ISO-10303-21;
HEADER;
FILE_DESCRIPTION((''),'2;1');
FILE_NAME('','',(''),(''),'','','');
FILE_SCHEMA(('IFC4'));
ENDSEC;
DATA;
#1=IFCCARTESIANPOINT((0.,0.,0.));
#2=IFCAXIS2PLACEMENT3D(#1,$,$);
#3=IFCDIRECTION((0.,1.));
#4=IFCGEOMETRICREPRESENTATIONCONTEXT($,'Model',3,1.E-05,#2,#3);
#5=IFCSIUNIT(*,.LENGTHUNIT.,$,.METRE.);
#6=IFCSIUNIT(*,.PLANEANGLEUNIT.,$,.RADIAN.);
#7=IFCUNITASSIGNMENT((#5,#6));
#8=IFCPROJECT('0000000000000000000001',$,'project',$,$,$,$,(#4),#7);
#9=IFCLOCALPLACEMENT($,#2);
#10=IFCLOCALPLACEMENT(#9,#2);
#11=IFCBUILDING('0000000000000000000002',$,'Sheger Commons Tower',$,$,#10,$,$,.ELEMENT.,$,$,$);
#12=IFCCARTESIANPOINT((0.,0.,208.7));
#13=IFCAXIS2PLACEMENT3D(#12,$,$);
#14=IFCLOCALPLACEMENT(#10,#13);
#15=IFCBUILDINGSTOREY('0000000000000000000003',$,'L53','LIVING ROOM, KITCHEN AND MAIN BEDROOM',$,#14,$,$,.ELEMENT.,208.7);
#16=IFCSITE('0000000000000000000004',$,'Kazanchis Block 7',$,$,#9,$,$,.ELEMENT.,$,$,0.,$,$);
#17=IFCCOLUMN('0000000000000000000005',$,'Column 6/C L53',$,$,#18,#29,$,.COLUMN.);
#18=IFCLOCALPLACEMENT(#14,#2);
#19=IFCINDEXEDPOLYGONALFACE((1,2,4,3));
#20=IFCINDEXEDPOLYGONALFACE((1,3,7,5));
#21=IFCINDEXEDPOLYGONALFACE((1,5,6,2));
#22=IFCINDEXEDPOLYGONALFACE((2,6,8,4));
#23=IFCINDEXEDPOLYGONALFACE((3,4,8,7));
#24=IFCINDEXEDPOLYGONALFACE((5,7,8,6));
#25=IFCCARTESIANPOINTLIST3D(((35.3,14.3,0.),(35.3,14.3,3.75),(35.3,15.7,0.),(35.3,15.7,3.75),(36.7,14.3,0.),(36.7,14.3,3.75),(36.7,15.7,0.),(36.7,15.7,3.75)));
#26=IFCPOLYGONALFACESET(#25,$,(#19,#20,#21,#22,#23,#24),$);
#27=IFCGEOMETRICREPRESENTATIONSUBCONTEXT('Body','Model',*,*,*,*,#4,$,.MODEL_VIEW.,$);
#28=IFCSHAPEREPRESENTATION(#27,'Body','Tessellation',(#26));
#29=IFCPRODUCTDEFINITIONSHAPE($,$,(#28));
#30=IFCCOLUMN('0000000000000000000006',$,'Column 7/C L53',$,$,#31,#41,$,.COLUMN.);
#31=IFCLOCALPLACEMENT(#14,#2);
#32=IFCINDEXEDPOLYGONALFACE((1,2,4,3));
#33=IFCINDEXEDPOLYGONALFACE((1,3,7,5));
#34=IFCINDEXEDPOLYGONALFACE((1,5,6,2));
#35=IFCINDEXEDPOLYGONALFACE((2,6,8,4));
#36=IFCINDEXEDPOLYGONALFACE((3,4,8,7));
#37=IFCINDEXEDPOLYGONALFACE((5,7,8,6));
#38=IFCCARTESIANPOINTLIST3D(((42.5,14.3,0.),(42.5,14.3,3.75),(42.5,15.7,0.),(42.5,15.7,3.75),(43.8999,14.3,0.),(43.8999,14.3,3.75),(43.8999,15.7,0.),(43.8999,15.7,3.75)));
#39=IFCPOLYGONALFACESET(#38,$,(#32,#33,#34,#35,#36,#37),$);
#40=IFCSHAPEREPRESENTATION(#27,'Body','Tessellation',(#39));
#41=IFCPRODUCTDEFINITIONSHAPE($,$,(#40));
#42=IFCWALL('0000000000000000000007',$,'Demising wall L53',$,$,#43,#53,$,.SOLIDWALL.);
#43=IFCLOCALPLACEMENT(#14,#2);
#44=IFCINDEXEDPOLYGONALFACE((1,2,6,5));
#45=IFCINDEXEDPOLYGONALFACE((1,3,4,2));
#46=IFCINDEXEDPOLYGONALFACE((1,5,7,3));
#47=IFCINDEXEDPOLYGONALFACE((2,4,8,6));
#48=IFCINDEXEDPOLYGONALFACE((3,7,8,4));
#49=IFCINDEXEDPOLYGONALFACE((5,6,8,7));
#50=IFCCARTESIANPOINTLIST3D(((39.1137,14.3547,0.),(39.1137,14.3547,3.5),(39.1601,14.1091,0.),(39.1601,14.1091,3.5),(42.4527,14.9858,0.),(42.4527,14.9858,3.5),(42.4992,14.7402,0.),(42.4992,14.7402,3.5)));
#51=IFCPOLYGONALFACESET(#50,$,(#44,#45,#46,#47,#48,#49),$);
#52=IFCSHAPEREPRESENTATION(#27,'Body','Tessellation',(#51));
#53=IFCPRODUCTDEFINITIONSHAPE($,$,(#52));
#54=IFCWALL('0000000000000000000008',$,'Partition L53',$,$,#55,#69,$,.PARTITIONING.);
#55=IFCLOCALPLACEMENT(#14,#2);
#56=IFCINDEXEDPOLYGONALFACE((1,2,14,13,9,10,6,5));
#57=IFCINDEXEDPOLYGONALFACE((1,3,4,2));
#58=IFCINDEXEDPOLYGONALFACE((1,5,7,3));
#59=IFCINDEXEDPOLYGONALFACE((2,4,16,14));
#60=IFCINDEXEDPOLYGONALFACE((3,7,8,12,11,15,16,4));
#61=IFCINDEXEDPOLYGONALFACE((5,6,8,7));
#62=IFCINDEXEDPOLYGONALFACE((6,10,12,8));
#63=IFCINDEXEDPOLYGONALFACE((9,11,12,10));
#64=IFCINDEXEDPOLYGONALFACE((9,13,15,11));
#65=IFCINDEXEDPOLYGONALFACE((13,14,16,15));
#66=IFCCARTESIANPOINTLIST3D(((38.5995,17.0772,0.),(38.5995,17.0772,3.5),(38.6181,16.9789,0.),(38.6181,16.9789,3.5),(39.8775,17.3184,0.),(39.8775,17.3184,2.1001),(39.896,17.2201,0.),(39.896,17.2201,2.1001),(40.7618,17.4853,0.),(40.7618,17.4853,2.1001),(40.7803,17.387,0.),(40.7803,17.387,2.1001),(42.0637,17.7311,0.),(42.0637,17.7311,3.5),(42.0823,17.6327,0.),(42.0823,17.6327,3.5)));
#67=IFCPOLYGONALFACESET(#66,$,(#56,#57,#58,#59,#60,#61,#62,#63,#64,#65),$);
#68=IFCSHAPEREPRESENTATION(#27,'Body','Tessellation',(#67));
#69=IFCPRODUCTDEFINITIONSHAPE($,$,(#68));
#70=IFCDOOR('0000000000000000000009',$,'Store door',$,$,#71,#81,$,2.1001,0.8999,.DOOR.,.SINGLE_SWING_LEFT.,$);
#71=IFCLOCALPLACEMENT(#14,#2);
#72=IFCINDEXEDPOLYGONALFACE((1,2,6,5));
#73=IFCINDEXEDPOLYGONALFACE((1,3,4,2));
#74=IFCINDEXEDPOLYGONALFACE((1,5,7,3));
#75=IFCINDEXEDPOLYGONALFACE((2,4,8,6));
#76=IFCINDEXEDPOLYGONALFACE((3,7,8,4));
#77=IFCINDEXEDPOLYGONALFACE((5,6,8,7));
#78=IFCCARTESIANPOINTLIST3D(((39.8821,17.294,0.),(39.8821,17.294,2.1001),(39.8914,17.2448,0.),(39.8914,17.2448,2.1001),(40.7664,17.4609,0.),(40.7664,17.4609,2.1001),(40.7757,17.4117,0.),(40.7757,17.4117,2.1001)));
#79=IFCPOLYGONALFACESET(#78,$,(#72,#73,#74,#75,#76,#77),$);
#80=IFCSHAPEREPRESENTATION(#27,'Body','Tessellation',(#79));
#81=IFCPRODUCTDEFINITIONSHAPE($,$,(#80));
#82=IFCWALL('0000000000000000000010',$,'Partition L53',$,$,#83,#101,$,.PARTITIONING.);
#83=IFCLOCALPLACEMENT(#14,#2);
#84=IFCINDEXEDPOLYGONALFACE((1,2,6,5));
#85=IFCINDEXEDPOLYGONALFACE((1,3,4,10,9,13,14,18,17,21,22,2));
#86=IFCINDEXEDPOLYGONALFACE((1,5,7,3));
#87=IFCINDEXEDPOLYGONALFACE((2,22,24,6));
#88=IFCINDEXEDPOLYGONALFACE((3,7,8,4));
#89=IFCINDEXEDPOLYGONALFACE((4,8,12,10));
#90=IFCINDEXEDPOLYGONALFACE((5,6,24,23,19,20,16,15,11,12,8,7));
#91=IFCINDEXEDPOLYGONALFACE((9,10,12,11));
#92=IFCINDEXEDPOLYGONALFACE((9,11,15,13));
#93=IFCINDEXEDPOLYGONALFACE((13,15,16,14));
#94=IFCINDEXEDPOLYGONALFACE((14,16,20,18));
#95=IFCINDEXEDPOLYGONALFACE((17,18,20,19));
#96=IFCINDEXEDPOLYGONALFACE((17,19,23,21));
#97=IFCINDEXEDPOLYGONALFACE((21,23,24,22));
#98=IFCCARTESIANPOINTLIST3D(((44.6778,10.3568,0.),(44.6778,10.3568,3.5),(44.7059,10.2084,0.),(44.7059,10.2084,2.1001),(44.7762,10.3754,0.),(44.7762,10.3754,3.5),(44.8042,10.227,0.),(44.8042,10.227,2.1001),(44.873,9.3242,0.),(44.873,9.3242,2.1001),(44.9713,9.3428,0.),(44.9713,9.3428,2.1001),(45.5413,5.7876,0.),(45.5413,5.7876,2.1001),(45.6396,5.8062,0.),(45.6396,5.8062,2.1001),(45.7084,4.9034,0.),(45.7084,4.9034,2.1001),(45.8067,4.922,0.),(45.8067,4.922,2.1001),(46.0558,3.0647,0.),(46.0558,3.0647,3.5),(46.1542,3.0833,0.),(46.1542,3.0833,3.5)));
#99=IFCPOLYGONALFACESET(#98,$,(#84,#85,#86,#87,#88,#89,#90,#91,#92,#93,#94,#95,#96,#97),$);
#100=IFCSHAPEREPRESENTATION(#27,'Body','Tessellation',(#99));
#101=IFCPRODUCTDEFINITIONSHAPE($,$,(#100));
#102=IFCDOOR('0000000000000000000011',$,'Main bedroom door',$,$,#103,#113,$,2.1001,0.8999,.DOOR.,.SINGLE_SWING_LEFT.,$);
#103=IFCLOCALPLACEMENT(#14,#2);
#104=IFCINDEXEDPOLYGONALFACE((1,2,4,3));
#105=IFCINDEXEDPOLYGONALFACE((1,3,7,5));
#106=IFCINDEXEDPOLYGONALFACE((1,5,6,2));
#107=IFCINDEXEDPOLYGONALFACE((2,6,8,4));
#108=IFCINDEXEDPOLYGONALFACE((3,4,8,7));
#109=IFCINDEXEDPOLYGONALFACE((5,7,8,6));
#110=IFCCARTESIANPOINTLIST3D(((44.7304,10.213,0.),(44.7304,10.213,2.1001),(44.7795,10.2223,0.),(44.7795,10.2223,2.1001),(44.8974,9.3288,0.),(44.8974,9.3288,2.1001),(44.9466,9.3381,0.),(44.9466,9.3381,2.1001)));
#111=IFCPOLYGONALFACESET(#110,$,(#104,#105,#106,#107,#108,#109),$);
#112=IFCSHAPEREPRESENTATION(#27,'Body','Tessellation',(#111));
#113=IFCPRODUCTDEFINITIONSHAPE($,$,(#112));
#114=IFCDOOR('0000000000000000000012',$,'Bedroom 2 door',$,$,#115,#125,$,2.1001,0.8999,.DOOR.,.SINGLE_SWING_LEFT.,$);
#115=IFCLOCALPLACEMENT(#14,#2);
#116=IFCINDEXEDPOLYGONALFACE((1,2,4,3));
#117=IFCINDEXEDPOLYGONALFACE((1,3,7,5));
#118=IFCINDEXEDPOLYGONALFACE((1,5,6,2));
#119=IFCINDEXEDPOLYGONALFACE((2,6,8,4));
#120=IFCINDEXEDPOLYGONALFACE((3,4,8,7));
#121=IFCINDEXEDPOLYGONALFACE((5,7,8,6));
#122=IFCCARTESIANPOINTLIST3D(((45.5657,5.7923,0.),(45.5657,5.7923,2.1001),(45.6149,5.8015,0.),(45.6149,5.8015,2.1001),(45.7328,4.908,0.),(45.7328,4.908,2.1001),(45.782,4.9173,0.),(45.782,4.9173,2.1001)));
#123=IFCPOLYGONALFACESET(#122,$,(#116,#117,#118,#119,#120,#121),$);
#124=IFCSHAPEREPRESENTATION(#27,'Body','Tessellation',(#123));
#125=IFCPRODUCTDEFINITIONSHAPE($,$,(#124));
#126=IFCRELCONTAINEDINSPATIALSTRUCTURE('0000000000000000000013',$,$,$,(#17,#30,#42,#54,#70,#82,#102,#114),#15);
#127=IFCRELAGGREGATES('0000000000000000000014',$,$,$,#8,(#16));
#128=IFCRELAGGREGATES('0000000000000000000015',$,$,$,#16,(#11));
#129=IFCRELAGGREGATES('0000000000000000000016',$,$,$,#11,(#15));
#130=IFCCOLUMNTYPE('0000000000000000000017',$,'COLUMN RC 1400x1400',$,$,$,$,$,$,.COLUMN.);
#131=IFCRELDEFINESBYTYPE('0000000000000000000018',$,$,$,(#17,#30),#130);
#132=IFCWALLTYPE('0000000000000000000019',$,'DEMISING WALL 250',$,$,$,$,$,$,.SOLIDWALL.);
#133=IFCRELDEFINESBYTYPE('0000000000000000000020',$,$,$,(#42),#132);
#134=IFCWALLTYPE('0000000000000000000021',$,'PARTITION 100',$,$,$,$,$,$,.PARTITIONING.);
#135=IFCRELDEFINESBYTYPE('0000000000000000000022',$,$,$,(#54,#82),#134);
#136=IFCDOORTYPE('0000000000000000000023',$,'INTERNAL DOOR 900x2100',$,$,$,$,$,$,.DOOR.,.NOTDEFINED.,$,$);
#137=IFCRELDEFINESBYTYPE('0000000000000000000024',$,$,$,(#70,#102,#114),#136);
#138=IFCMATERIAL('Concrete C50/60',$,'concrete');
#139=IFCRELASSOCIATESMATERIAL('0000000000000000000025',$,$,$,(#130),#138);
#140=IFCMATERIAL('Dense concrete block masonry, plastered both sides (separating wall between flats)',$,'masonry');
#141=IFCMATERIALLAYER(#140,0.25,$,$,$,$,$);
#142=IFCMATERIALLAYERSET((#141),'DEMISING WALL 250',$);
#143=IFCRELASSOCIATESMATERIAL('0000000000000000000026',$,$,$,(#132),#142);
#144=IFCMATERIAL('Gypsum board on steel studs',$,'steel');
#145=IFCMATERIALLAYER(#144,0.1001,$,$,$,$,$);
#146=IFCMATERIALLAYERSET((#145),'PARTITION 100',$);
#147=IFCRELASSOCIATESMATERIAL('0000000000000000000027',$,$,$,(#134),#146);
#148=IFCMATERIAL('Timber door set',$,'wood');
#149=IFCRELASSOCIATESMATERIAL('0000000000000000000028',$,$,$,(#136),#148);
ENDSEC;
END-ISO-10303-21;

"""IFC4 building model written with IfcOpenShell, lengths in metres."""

from ifc_helpers import new_model, si_unit, direction, frame, frame_2d, origin, origin_2d, place, context, subcontext, project, spatial, rectangle, extrude, material, layer, layer_set, material_profile, profile_set, type_object, element, fill, save


model = new_model("IFC4")

# Units and contexts
model_context = context("Model", 3, precision=1e-05, world=origin(), true_north=direction((0.0, 1.0)))
body_context = subcontext(model_context, "Body", "Model", "MODEL_VIEW")
ifc_project = project(units=[si_unit("LENGTHUNIT", "METRE"), si_unit("PLANEANGLEUNIT", "RADIAN")], contexts=[model_context])

# Site, building, storey
site_placement = place(None, origin())
site = spatial("IfcSite", under=ifc_project, at=site_placement, Name="Kazanchis Block 7", CompositionType="ELEMENT", RefElevation=0.0)
building_placement = place(site_placement, origin())
building = spatial("IfcBuilding", under=site, at=building_placement, Name="Sheger Commons Tower", CompositionType="ELEMENT")
storey_placement = place(building_placement, frame((0.0, 0.0, 208.7)))
storey = spatial("IfcBuildingStorey", under=building, at=storey_placement, Name="L53", Description="LIVING ROOM, KITCHEN AND MAIN BEDROOM", CompositionType="ELEMENT", Elevation=208.7)

# Columns
ifc_material_1 = material(Name="Concrete C50/60", Category="concrete")
ifc_material_profile = material_profile(ifc_material_1, rectangle(XDim=1.3999, YDim=1.3999, at=origin_2d()), Name="RC 1400x1400")
ifc_profile_set = profile_set([ifc_material_profile], Name="Concrete C50/60")
column_type = type_object("IfcColumnType", Name="COLUMN RC 1400x1400", PredefinedType="COLUMN", material=ifc_profile_set)
for number, where, z_axis, x_axis, name in (
    (1, (36.0, 15.0, 0.0), (0.0, 0.0, 1.0), (1.0, 0.0, 0.0), "Column 6/C L53"),
    (2, (43.2, 15.0, 0.0), (0.0, 0.0, 1.0), (1.0, 0.0, 0.0), "Column 7/C L53"),
):
    element("IfcColumn", number, at=place(storey_placement, frame(where, z_axis=z_axis, x_axis=x_axis)), inside=storey, type_object=column_type, Name=name, PredefinedType="COLUMN", context=body_context, shape_type="SweptSolid", body=[
        extrude(rectangle(XDim=1.3999, YDim=1.3999, at=origin_2d()), origin(), (0.0, 0.0, 1.0), 3.75),
    ])

# Wall
ifc_material_2 = material(Name="Dense concrete block masonry, plastered both sides (separating wall between flats)", Category="masonry")
ifc_layer_1 = layer(ifc_material_2, 0.25)
ifc_layer_set_1 = layer_set([ifc_layer_1], Name="DEMISING WALL 250")
wall_type_1 = type_object("IfcWallType", Name="DEMISING WALL 250", PredefinedType="SOLIDWALL", material=ifc_layer_set_1)
wall_1_placement = place(storey_placement, frame((42.4761, 14.863, 0.0), z_axis=(0.0, 0.0, 1.0), x_axis=(-0.982604, -0.185715, 0.0)))
element("IfcWall", 3, at=wall_1_placement, inside=storey, type_object=wall_type_1, Name="Demising wall L53", PredefinedType="SOLIDWALL", context=body_context, shape_type="SweptSolid", body=[
    extrude(rectangle(XDim=3.3982, YDim=0.25, at=frame_2d((1.6992, 0.0))), origin(), (0.0, 0.0, 1.0), 3.5),
])

# Wall, opening, door
ifc_material_3 = material(Name="Gypsum board on steel studs", Category="steel")
ifc_layer_2 = layer(ifc_material_3, 0.1001)
ifc_layer_set_2 = layer_set([ifc_layer_2], Name="PARTITION 100")
wall_type_2 = type_object("IfcWallType", Name="PARTITION 100", PredefinedType="PARTITIONING", material=ifc_layer_set_2)
wall_2_placement = place(storey_placement, frame((42.073, 17.6819, 0.0), z_axis=(0.0, 0.0, 1.0), x_axis=(-0.982651, -0.185463, 0.0)))
wall_2 = element("IfcWall", 4, at=wall_2_placement, inside=storey, type_object=wall_type_2, Name="Partition L53", PredefinedType="PARTITIONING", context=body_context, shape_type="SweptSolid", body=[
    extrude(rectangle(XDim=3.5254, YDim=0.1001, at=frame_2d((1.7627, 0.0))), origin(), (0.0, 0.0, 1.0), 3.5),
])
opening_1_placement = place(wall_2_placement, frame((1.325, 0.0, 0.0)))
opening_1 = element("IfcOpeningElement", 5, at=opening_1_placement, cuts=wall_2, PredefinedType="OPENING", context=body_context, shape_type="SweptSolid", body=[
    extrude(rectangle(XDim=0.8999, YDim=2.1001, at=frame_2d((0.45, 1.05))), frame((0.0, 0.0601, 0.0), z_axis=(0.0, -1.0, 0.0), x_axis=(1.0, 0.0, 0.0)), (0.0, 0.0, 1.0), 0.1201),
])
ifc_material_4 = material(Name="Timber door set", Category="wood")
door_type_1 = type_object("IfcDoorType", Name="INTERNAL DOOR 900x2100", OperationType="NOTDEFINED", PredefinedType="DOOR", material=ifc_material_4)
door_1_placement = place(opening_1_placement, origin())
door_1 = element("IfcDoor", 6, at=door_1_placement, inside=storey, type_object=door_type_1, Name="Store door", OperationType="SINGLE_SWING_LEFT", OverallHeight=2.1001, OverallWidth=0.8999, PredefinedType="DOOR", context=body_context, shape_type="SweptSolid", body=[
    extrude(rectangle(XDim=0.8999, YDim=2.1001, at=frame_2d((0.45, 1.05))), frame((0.0, 0.0249, 0.0), z_axis=(0.0, -1.0, 0.0), x_axis=(1.0, 0.0, 0.0)), (0.0, 0.0, 1.0), 0.05),
])
fill(opening_1, door_1)

# Wall, openings, doors
wall_3_placement = place(storey_placement, frame((44.7271, 10.366, 0.0), z_axis=(0.0, 0.0, 1.0), x_axis=(0.185679, -0.98261, 0.0)))
wall_3 = element("IfcWall", 7, at=wall_3_placement, inside=storey, type_object=wall_type_2, Name="Partition L53", PredefinedType="PARTITIONING", context=body_context, shape_type="SweptSolid", body=[
    extrude(rectangle(XDim=7.4211, YDim=0.1001, at=frame_2d((3.7104, 0.0))), origin(), (0.0, 0.0, 1.0), 3.5),
])
opening_2_placement = place(wall_3_placement, frame((0.1509, 0.0, 0.0)))
opening_2 = element("IfcOpeningElement", 8, at=opening_2_placement, cuts=wall_3, PredefinedType="OPENING", context=body_context, shape_type="SweptSolid", body=[
    extrude(rectangle(XDim=0.8999, YDim=2.1001, at=frame_2d((0.45, 1.05))), frame((0.0, 0.0601, 0.0), z_axis=(0.0, -1.0, 0.0), x_axis=(1.0, 0.0, 0.0)), (0.0, 0.0, 1.0), 0.1201),
])
opening_3_placement = place(wall_3_placement, frame((4.6499, 0.0, 0.0)))
opening_3 = element("IfcOpeningElement", 9, at=opening_3_placement, cuts=wall_3, PredefinedType="OPENING", context=body_context, shape_type="SweptSolid", body=[
    extrude(rectangle(XDim=0.8999, YDim=2.1001, at=frame_2d((0.45, 1.05))), frame((0.0, 0.0601, 0.0), z_axis=(0.0, -1.0, 0.0), x_axis=(1.0, 0.0, 0.0)), (0.0, 0.0, 1.0), 0.1201),
])
door_2_placement = place(opening_2_placement, origin())
door_2 = element("IfcDoor", 10, at=door_2_placement, inside=storey, type_object=door_type_1, Name="Main bedroom door", OperationType="SINGLE_SWING_LEFT", OverallHeight=2.1001, OverallWidth=0.8999, PredefinedType="DOOR", context=body_context, shape_type="SweptSolid", body=[
    extrude(rectangle(XDim=0.8999, YDim=2.1001, at=frame_2d((0.45, 1.05))), frame((0.0, 0.0249, 0.0), z_axis=(0.0, -1.0, 0.0), x_axis=(1.0, 0.0, 0.0)), (0.0, 0.0, 1.0), 0.05),
])
fill(opening_2, door_2)
door_3_placement = place(opening_3_placement, origin())
door_3 = element("IfcDoor", 11, at=door_3_placement, inside=storey, type_object=door_type_1, Name="Bedroom 2 door", OperationType="SINGLE_SWING_LEFT", OverallHeight=2.1001, OverallWidth=0.8999, PredefinedType="DOOR", context=body_context, shape_type="SweptSolid", body=[
    extrude(rectangle(XDim=0.8999, YDim=2.1001, at=frame_2d((0.45, 1.05))), frame((0.0, 0.0249, 0.0), z_axis=(0.0, -1.0, 0.0), x_axis=(1.0, 0.0, 0.0)), (0.0, 0.0, 1.0), 0.05),
])
fill(opening_3, door_3)

save(model, "model.ifc")
